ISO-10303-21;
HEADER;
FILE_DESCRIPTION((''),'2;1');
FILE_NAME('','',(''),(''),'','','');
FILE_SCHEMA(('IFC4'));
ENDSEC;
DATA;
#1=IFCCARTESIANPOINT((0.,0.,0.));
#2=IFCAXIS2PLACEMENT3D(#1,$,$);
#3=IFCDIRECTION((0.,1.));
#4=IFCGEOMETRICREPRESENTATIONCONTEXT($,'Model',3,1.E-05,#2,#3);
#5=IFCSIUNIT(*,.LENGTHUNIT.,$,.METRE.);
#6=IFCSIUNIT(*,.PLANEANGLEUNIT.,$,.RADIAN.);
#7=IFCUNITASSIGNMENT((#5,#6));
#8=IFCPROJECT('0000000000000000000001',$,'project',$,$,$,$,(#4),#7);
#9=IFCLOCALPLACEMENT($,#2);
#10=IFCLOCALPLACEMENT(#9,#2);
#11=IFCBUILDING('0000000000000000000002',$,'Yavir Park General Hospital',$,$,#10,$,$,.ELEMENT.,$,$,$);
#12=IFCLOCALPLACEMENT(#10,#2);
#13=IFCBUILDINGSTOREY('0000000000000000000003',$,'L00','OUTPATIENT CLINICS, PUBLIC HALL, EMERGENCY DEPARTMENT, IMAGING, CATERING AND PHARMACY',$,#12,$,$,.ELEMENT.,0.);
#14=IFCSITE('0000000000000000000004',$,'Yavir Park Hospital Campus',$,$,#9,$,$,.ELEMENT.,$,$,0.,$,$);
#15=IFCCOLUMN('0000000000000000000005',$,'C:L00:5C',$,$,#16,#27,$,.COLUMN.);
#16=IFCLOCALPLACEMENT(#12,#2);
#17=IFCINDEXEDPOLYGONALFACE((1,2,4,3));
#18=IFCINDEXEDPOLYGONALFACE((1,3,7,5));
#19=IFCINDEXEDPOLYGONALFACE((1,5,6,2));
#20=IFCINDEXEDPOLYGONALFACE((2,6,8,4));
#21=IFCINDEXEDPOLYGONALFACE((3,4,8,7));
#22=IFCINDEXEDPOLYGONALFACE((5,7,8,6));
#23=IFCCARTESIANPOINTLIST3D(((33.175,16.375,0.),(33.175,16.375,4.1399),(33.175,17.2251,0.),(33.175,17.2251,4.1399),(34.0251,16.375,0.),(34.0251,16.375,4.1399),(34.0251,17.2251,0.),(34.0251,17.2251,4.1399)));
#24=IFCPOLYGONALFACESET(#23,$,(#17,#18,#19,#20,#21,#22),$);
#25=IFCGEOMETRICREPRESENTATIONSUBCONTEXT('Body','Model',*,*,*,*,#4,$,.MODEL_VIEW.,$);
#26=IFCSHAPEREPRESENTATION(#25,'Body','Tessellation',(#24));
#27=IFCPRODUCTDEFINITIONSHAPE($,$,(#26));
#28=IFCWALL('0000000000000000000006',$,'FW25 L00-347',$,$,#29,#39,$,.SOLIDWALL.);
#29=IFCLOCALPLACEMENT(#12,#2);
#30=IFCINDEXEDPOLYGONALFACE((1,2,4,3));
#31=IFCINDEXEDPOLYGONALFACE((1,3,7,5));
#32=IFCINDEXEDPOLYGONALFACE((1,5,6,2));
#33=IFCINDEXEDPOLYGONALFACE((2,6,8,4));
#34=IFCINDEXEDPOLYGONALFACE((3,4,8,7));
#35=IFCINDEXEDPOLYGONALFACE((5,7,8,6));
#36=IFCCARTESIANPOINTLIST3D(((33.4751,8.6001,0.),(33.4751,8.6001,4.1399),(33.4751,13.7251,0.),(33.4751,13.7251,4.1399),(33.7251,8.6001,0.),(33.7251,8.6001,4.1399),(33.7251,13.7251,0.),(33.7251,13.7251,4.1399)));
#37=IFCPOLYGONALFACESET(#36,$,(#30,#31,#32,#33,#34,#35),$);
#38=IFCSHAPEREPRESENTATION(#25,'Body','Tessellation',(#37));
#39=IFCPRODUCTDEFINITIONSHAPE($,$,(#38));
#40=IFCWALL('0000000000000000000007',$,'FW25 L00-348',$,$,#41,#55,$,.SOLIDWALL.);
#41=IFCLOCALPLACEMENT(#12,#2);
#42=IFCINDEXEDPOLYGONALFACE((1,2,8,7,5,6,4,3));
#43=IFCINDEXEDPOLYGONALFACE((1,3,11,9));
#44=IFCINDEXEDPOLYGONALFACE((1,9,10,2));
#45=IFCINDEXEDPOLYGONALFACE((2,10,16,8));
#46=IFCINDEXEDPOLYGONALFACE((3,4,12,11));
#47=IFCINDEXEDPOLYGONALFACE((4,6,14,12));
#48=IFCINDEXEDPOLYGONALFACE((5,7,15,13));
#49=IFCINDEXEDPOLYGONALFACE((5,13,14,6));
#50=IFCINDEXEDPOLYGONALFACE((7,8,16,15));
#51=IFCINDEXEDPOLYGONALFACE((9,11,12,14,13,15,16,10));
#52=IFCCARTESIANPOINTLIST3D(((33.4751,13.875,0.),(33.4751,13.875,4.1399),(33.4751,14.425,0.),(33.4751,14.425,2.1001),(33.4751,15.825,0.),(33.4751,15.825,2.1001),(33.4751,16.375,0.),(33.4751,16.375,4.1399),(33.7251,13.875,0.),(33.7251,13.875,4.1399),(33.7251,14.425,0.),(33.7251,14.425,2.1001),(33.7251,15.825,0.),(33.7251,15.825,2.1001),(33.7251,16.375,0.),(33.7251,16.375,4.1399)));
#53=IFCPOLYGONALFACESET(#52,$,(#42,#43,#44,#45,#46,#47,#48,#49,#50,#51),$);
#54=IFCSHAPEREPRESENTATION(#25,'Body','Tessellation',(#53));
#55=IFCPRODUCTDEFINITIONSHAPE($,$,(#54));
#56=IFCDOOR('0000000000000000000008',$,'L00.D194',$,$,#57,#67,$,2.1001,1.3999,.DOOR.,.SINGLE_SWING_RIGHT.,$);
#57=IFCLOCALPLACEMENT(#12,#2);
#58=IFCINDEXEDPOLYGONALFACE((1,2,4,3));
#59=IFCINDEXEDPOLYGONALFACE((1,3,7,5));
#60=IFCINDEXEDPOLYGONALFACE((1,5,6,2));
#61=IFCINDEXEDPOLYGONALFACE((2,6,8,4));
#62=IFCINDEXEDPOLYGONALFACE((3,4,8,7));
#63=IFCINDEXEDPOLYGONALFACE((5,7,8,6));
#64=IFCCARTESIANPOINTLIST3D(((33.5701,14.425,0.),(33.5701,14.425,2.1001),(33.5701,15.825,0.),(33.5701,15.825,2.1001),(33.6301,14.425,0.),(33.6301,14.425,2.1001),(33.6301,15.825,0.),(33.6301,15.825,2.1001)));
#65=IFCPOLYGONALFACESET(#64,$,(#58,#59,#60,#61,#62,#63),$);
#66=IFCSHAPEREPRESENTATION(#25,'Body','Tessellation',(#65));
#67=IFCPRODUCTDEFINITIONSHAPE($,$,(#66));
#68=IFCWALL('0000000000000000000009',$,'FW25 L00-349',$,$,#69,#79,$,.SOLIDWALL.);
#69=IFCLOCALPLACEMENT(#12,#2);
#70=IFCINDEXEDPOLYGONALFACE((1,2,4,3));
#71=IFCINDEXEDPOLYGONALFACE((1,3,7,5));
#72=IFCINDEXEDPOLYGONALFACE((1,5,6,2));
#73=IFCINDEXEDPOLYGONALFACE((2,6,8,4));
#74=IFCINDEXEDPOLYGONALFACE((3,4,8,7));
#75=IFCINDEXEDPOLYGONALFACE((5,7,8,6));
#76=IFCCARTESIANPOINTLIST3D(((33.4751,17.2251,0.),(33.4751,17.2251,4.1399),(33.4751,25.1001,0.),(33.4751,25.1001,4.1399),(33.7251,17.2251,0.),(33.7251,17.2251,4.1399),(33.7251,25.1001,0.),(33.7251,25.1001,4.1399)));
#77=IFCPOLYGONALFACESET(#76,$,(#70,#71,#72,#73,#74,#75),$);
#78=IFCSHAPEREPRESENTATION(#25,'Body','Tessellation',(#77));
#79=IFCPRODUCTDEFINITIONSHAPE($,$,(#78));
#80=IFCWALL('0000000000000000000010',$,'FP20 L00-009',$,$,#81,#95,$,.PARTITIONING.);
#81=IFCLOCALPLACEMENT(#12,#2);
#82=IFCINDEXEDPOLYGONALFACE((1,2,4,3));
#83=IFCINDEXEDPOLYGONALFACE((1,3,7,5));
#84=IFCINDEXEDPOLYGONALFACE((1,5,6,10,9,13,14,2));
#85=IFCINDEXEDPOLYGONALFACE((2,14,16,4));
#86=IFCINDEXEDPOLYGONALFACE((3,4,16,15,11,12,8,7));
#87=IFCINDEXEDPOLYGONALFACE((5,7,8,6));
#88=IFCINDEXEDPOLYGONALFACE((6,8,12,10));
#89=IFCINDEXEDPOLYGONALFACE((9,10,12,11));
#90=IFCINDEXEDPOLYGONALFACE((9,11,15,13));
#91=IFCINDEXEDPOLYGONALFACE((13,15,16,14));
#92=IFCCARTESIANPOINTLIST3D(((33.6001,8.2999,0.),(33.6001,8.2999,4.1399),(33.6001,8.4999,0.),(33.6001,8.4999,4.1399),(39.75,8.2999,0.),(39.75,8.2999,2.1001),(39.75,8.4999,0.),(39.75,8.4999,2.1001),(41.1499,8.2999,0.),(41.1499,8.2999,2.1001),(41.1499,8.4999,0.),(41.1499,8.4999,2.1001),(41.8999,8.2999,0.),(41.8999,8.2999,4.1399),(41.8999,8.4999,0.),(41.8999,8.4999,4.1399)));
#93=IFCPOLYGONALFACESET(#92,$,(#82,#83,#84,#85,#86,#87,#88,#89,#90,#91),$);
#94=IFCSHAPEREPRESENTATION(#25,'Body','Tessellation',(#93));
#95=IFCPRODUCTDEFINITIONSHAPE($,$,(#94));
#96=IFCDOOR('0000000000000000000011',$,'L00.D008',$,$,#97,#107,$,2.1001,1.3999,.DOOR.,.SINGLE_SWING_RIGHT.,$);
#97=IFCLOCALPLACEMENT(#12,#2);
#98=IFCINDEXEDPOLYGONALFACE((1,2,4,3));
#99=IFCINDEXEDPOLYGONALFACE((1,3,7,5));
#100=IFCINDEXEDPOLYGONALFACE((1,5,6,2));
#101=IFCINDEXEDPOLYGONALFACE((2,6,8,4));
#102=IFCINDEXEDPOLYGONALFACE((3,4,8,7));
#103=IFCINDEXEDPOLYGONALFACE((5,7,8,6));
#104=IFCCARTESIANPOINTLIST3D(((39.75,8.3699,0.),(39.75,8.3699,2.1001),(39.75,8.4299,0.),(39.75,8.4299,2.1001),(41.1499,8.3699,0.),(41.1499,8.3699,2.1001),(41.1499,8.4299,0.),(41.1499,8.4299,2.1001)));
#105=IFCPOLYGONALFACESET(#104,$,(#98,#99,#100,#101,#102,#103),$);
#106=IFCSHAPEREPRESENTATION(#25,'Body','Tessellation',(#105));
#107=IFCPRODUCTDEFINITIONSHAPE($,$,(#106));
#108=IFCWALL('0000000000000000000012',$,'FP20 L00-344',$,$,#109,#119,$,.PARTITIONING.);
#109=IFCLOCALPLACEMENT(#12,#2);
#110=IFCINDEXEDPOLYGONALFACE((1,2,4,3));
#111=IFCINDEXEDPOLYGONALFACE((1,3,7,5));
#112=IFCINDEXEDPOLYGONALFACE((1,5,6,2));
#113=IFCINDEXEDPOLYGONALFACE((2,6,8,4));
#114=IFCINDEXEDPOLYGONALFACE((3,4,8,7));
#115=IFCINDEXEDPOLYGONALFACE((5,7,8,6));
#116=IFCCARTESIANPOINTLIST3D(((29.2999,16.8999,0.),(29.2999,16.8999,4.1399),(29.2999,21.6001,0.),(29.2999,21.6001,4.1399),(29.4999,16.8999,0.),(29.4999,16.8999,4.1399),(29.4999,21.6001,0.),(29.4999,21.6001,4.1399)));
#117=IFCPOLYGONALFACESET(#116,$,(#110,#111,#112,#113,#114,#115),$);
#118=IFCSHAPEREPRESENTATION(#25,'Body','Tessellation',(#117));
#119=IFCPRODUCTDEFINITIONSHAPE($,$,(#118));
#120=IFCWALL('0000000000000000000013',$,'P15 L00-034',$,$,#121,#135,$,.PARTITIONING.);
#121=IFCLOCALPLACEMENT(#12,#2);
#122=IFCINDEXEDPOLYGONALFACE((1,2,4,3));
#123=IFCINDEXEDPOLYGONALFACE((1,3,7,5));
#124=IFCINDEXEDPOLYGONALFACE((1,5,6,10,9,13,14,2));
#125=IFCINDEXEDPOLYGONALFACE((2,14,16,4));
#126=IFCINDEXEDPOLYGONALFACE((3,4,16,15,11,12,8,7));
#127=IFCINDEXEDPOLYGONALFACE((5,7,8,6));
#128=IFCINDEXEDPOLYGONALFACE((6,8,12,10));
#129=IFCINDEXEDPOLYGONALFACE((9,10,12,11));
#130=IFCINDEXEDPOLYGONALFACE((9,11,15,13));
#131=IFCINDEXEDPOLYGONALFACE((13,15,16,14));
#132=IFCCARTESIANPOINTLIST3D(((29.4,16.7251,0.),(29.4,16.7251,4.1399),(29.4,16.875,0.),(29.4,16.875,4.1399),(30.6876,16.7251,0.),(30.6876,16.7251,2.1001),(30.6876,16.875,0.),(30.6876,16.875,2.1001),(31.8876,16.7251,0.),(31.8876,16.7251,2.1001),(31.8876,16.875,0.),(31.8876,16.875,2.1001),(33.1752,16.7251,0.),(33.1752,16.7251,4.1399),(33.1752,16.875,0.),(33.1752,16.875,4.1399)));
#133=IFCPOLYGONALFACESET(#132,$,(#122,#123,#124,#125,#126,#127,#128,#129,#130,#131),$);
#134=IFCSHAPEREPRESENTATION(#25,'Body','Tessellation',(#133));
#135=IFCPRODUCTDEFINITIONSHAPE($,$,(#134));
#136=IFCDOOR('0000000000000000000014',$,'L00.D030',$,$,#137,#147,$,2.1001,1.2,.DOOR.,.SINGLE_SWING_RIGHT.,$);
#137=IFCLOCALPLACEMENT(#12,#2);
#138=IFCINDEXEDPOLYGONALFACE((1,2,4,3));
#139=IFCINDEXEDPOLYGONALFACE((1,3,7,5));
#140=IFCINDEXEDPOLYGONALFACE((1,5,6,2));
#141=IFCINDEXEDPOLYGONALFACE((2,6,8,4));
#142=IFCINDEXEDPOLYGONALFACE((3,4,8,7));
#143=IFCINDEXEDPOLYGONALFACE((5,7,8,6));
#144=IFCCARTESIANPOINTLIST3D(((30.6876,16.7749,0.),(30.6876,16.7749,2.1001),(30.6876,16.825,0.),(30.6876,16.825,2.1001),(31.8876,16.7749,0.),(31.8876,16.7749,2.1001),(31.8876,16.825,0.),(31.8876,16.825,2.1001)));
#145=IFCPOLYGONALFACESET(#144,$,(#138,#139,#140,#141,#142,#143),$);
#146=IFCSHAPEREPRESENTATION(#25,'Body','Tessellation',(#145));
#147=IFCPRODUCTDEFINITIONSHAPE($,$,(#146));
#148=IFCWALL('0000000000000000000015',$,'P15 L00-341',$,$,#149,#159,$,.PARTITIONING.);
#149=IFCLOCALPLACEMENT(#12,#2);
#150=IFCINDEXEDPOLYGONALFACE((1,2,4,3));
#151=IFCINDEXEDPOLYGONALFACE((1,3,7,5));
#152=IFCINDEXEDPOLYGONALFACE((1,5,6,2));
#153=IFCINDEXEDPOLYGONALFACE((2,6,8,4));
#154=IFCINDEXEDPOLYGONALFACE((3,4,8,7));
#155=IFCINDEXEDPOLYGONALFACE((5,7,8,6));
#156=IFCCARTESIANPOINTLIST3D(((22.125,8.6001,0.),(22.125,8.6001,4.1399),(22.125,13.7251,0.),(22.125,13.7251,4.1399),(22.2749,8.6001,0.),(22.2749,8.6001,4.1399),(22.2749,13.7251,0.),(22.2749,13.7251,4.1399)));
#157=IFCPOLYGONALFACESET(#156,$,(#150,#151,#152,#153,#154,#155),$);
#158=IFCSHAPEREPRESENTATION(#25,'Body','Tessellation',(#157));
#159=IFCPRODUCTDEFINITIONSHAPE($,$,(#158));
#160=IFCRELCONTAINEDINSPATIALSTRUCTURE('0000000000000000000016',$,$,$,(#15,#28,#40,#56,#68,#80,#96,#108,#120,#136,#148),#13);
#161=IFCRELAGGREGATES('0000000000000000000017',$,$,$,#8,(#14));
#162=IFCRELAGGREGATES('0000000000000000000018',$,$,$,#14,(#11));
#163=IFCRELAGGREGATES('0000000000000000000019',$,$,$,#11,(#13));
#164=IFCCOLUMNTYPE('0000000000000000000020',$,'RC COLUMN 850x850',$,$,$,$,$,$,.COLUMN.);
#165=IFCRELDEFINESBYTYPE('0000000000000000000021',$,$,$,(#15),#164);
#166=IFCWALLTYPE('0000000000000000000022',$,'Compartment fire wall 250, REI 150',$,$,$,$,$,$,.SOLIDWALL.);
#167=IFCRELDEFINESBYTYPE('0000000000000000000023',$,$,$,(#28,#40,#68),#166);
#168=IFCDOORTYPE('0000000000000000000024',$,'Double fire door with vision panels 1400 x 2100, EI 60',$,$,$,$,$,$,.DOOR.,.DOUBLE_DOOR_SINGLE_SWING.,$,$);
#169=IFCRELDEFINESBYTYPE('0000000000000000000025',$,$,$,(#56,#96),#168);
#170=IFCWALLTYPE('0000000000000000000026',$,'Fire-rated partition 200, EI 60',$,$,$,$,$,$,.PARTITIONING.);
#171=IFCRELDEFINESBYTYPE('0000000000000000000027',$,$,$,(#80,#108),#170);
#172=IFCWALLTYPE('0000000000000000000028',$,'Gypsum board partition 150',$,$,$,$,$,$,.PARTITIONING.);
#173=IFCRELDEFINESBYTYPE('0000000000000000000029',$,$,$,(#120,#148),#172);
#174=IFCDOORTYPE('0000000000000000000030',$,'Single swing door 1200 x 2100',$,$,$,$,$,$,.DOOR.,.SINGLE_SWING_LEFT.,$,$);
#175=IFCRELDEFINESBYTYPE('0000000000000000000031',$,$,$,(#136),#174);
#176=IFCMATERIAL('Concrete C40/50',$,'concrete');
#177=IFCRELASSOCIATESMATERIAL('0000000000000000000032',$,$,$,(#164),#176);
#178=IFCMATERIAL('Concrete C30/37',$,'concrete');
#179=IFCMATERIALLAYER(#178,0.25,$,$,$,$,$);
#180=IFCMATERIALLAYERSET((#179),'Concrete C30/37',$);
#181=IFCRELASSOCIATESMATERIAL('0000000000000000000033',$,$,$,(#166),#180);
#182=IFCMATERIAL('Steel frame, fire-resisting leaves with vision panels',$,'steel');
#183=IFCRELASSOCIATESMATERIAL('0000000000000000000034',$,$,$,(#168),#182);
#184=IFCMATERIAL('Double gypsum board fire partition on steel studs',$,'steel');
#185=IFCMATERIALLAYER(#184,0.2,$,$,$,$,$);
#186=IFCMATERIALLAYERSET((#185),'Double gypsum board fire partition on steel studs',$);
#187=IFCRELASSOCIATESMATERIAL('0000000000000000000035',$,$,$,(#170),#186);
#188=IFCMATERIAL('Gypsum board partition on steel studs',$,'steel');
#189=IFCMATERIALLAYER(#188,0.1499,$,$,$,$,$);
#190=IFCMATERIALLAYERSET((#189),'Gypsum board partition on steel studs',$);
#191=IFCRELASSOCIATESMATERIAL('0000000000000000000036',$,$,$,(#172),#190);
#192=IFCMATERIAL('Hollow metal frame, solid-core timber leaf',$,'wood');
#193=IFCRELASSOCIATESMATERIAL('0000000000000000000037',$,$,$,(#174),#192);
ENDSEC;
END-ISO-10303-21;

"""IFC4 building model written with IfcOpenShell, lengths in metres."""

from ifc_helpers import new_model, si_unit, direction, frame, frame_2d, origin, origin_2d, place, context, subcontext, project, spatial, rectangle, extrude, material, layer, layer_set, material_profile, profile_set, type_object, element, fill, save


model = new_model("IFC4")

# Units and contexts
model_context = context("Model", 3, precision=1e-05, world=origin(), true_north=direction((0.0, 1.0)))
body_context = subcontext(model_context, "Body", "Model", "MODEL_VIEW")
ifc_project = project(units=[si_unit("LENGTHUNIT", "METRE"), si_unit("PLANEANGLEUNIT", "RADIAN")], contexts=[model_context])

# Site, building, storey
site_placement = place(None, origin())
site = spatial("IfcSite", under=ifc_project, at=site_placement, Name="Yavir Park Hospital Campus", CompositionType="ELEMENT", RefElevation=0.0)
building_placement = place(site_placement, origin())
building = spatial("IfcBuilding", under=site, at=building_placement, Name="Yavir Park General Hospital", CompositionType="ELEMENT")
storey_placement = place(building_placement, origin())
storey = spatial("IfcBuildingStorey", under=building, at=storey_placement, Name="L00", Description="OUTPATIENT CLINICS, PUBLIC HALL, EMERGENCY DEPARTMENT, IMAGING, CATERING AND PHARMACY", CompositionType="ELEMENT", Elevation=0.0)

# Column
ifc_material_1 = material(Name="Concrete C40/50", Category="concrete")
ifc_material_profile = material_profile(ifc_material_1, rectangle(XDim=0.8501, YDim=0.8501, at=origin_2d()), Name="RC850x850")
ifc_profile_set = profile_set([ifc_material_profile], Name="Concrete C40/50")
column_type = type_object("IfcColumnType", Name="RC COLUMN 850x850", PredefinedType="COLUMN", material=ifc_profile_set)
column_placement = place(storey_placement, frame((33.6001, 16.8, 0.0), z_axis=(0.0, 0.0, 1.0), x_axis=(1.0, 0.0, 0.0)))
element("IfcColumn", 1, at=column_placement, inside=storey, type_object=column_type, Name="C:L00:5C", PredefinedType="COLUMN", context=body_context, shape_type="SweptSolid", body=[
    extrude(rectangle(XDim=0.8501, YDim=0.8501, at=origin_2d()), origin(), (0.0, 0.0, 1.0), 4.1399),
])

# Wall
ifc_material_2 = material(Name="Concrete C30/37", Category="concrete")
ifc_layer_1 = layer(ifc_material_2, 0.25)
ifc_layer_set_1 = layer_set([ifc_layer_1], Name="Concrete C30/37")
wall_type_1 = type_object("IfcWallType", Name="Compartment fire wall 250, REI 150", PredefinedType="SOLIDWALL", material=ifc_layer_set_1)
wall_1_placement = place(storey_placement, frame((33.6001, 8.6001, 0.0), z_axis=(0.0, 0.0, 1.0), x_axis=(0.0, 1.0, 0.0)))
element("IfcWall", 2, at=wall_1_placement, inside=storey, type_object=wall_type_1, Name="FW25 L00-347", PredefinedType="SOLIDWALL", context=body_context, shape_type="SweptSolid", body=[
    extrude(rectangle(XDim=5.125, YDim=0.25, at=frame_2d((2.5625, 0.0))), origin(), (0.0, 0.0, 1.0), 4.1399),
])

# Wall, opening, door
wall_2_placement = place(storey_placement, frame((33.6001, 13.875, 0.0), z_axis=(0.0, 0.0, 1.0), x_axis=(0.0, 1.0, 0.0)))
wall_2 = element("IfcWall", 3, at=wall_2_placement, inside=storey, type_object=wall_type_1, Name="FW25 L00-348", PredefinedType="SOLIDWALL", context=body_context, shape_type="SweptSolid", body=[
    extrude(rectangle(XDim=2.5, YDim=0.25, at=frame_2d((1.25, 0.0))), origin(), (0.0, 0.0, 1.0), 4.1399),
])
opening_1_placement = place(wall_2_placement, frame((0.55, 0.0, 0.0)))
opening_1 = element("IfcOpeningElement", 4, at=opening_1_placement, cuts=wall_2, PredefinedType="OPENING", context=body_context, shape_type="SweptSolid", body=[
    extrude(rectangle(XDim=1.3999, YDim=2.1001, at=frame_2d((0.7, 1.05))), frame((0.0, 0.135, 0.0), z_axis=(0.0, -1.0, 0.0), x_axis=(1.0, 0.0, 0.0)), (0.0, 0.0, 1.0), 0.27),
])
ifc_material_3 = material(Name="Steel frame, fire-resisting leaves with vision panels", Category="steel")
door_type_1 = type_object("IfcDoorType", Name="Double fire door with vision panels 1400 x 2100, EI 60", OperationType="DOUBLE_DOOR_SINGLE_SWING", PredefinedType="DOOR", material=ifc_material_3)
door_1_placement = place(opening_1_placement, origin())
door_1 = element("IfcDoor", 5, at=door_1_placement, inside=storey, type_object=door_type_1, Name="L00.D194", OperationType="SINGLE_SWING_RIGHT", OverallHeight=2.1001, OverallWidth=1.3999, PredefinedType="DOOR", context=body_context, shape_type="SweptSolid", body=[
    extrude(rectangle(XDim=1.3999, YDim=2.1001, at=frame_2d((0.7, 1.05))), frame((0.0, 0.03, 0.0), z_axis=(0.0, -1.0, 0.0), x_axis=(1.0, 0.0, 0.0)), (0.0, 0.0, 1.0), 0.0601),
])
fill(opening_1, door_1)

# Wall
wall_3_placement = place(storey_placement, frame((33.6001, 17.2251, 0.0), z_axis=(0.0, 0.0, 1.0), x_axis=(0.0, 1.0, 0.0)))
element("IfcWall", 6, at=wall_3_placement, inside=storey, type_object=wall_type_1, Name="FW25 L00-349", PredefinedType="SOLIDWALL", context=body_context, shape_type="SweptSolid", body=[
    extrude(rectangle(XDim=7.875, YDim=0.25, at=frame_2d((3.9375, 0.0))), origin(), (0.0, 0.0, 1.0), 4.1399),
])

# Wall, opening, door
ifc_material_4 = material(Name="Double gypsum board fire partition on steel studs", Category="steel")
ifc_layer_2 = layer(ifc_material_4, 0.2)
ifc_layer_set_2 = layer_set([ifc_layer_2], Name="Double gypsum board fire partition on steel studs")
wall_type_2 = type_object("IfcWallType", Name="Fire-rated partition 200, EI 60", PredefinedType="PARTITIONING", material=ifc_layer_set_2)
wall_4_placement = place(storey_placement, frame((33.6001, 8.3999, 0.0), z_axis=(0.0, 0.0, 1.0), x_axis=(1.0, 0.0, 0.0)))
wall_4 = element("IfcWall", 7, at=wall_4_placement, inside=storey, type_object=wall_type_2, Name="FP20 L00-009", PredefinedType="PARTITIONING", context=body_context, shape_type="SweptSolid", body=[
    extrude(rectangle(XDim=8.2998, YDim=0.2, at=frame_2d((4.1499, 0.0))), origin(), (0.0, 0.0, 1.0), 4.1399),
])
opening_2_placement = place(wall_4_placement, frame((6.1499, 0.0, 0.0)))
opening_2 = element("IfcOpeningElement", 8, at=opening_2_placement, cuts=wall_4, PredefinedType="OPENING", context=body_context, shape_type="SweptSolid", body=[
    extrude(rectangle(XDim=1.3999, YDim=2.1001, at=frame_2d((0.7, 1.05))), frame((0.0, 0.1099, 0.0), z_axis=(0.0, -1.0, 0.0), x_axis=(1.0, 0.0, 0.0)), (0.0, 0.0, 1.0), 0.22),
])
door_2_placement = place(opening_2_placement, origin())
door_2 = element("IfcDoor", 9, at=door_2_placement, inside=storey, type_object=door_type_1, Name="L00.D008", OperationType="SINGLE_SWING_RIGHT", OverallHeight=2.1001, OverallWidth=1.3999, PredefinedType="DOOR", context=body_context, shape_type="SweptSolid", body=[
    extrude(rectangle(XDim=1.3999, YDim=2.1001, at=frame_2d((0.7, 1.05))), frame((0.0, 0.03, 0.0), z_axis=(0.0, -1.0, 0.0), x_axis=(1.0, 0.0, 0.0)), (0.0, 0.0, 1.0), 0.0601),
])
fill(opening_2, door_2)

# Wall
wall_5_placement = place(storey_placement, frame((29.3999, 16.8999, 0.0), z_axis=(0.0, 0.0, 1.0), x_axis=(0.0, 1.0, 0.0)))
element("IfcWall", 10, at=wall_5_placement, inside=storey, type_object=wall_type_2, Name="FP20 L00-344", PredefinedType="PARTITIONING", context=body_context, shape_type="SweptSolid", body=[
    extrude(rectangle(XDim=4.7002, YDim=0.2, at=frame_2d((2.3501, 0.0))), origin(), (0.0, 0.0, 1.0), 4.1399),
])

# Wall, opening, door
ifc_material_5 = material(Name="Gypsum board partition on steel studs", Category="steel")
ifc_layer_3 = layer(ifc_material_5, 0.1499)
ifc_layer_set_3 = layer_set([ifc_layer_3], Name="Gypsum board partition on steel studs")
wall_type_3 = type_object("IfcWallType", Name="Gypsum board partition 150", PredefinedType="PARTITIONING", material=ifc_layer_set_3)
wall_6_placement = place(storey_placement, frame((29.3999, 16.8, 0.0), z_axis=(0.0, 0.0, 1.0), x_axis=(1.0, 0.0, 0.0)))
wall_6 = element("IfcWall", 11, at=wall_6_placement, inside=storey, type_object=wall_type_3, Name="P15 L00-034", PredefinedType="PARTITIONING", context=body_context, shape_type="SweptSolid", body=[
    extrude(rectangle(XDim=3.7751, YDim=0.1499, at=frame_2d((1.8877, 0.0))), origin(), (0.0, 0.0, 1.0), 4.1399),
])
opening_3_placement = place(wall_6_placement, frame((1.2876, 0.0, 0.0)))
opening_3 = element("IfcOpeningElement", 12, at=opening_3_placement, cuts=wall_6, PredefinedType="OPENING", context=body_context, shape_type="SweptSolid", body=[
    extrude(rectangle(XDim=1.2, YDim=2.1001, at=frame_2d((0.6001, 1.05))), frame((0.0, 0.085, 0.0), z_axis=(0.0, -1.0, 0.0), x_axis=(1.0, 0.0, 0.0)), (0.0, 0.0, 1.0), 0.1699),
])
ifc_material_6 = material(Name="Hollow metal frame, solid-core timber leaf", Category="wood")
door_type_2 = type_object("IfcDoorType", Name="Single swing door 1200 x 2100", OperationType="SINGLE_SWING_LEFT", PredefinedType="DOOR", material=ifc_material_6)
door_3_placement = place(opening_3_placement, origin())
door_3 = element("IfcDoor", 13, at=door_3_placement, inside=storey, type_object=door_type_2, Name="L00.D030", OperationType="SINGLE_SWING_RIGHT", OverallHeight=2.1001, OverallWidth=1.2, PredefinedType="DOOR", context=body_context, shape_type="SweptSolid", body=[
    extrude(rectangle(XDim=1.2, YDim=2.1001, at=frame_2d((0.6001, 1.05))), frame((0.0, 0.0249, 0.0), z_axis=(0.0, -1.0, 0.0), x_axis=(1.0, 0.0, 0.0)), (0.0, 0.0, 1.0), 0.05),
])
fill(opening_3, door_3)

# Wall
wall_7_placement = place(storey_placement, frame((22.2, 8.6001, 0.0), z_axis=(0.0, 0.0, 1.0), x_axis=(0.0, 1.0, 0.0)))
element("IfcWall", 14, at=wall_7_placement, inside=storey, type_object=wall_type_3, Name="P15 L00-341", PredefinedType="PARTITIONING", context=body_context, shape_type="SweptSolid", body=[
    extrude(rectangle(XDim=5.125, YDim=0.1499, at=frame_2d((2.5625, 0.0))), origin(), (0.0, 0.0, 1.0), 4.1399),
])

save(model, "model.ifc")
